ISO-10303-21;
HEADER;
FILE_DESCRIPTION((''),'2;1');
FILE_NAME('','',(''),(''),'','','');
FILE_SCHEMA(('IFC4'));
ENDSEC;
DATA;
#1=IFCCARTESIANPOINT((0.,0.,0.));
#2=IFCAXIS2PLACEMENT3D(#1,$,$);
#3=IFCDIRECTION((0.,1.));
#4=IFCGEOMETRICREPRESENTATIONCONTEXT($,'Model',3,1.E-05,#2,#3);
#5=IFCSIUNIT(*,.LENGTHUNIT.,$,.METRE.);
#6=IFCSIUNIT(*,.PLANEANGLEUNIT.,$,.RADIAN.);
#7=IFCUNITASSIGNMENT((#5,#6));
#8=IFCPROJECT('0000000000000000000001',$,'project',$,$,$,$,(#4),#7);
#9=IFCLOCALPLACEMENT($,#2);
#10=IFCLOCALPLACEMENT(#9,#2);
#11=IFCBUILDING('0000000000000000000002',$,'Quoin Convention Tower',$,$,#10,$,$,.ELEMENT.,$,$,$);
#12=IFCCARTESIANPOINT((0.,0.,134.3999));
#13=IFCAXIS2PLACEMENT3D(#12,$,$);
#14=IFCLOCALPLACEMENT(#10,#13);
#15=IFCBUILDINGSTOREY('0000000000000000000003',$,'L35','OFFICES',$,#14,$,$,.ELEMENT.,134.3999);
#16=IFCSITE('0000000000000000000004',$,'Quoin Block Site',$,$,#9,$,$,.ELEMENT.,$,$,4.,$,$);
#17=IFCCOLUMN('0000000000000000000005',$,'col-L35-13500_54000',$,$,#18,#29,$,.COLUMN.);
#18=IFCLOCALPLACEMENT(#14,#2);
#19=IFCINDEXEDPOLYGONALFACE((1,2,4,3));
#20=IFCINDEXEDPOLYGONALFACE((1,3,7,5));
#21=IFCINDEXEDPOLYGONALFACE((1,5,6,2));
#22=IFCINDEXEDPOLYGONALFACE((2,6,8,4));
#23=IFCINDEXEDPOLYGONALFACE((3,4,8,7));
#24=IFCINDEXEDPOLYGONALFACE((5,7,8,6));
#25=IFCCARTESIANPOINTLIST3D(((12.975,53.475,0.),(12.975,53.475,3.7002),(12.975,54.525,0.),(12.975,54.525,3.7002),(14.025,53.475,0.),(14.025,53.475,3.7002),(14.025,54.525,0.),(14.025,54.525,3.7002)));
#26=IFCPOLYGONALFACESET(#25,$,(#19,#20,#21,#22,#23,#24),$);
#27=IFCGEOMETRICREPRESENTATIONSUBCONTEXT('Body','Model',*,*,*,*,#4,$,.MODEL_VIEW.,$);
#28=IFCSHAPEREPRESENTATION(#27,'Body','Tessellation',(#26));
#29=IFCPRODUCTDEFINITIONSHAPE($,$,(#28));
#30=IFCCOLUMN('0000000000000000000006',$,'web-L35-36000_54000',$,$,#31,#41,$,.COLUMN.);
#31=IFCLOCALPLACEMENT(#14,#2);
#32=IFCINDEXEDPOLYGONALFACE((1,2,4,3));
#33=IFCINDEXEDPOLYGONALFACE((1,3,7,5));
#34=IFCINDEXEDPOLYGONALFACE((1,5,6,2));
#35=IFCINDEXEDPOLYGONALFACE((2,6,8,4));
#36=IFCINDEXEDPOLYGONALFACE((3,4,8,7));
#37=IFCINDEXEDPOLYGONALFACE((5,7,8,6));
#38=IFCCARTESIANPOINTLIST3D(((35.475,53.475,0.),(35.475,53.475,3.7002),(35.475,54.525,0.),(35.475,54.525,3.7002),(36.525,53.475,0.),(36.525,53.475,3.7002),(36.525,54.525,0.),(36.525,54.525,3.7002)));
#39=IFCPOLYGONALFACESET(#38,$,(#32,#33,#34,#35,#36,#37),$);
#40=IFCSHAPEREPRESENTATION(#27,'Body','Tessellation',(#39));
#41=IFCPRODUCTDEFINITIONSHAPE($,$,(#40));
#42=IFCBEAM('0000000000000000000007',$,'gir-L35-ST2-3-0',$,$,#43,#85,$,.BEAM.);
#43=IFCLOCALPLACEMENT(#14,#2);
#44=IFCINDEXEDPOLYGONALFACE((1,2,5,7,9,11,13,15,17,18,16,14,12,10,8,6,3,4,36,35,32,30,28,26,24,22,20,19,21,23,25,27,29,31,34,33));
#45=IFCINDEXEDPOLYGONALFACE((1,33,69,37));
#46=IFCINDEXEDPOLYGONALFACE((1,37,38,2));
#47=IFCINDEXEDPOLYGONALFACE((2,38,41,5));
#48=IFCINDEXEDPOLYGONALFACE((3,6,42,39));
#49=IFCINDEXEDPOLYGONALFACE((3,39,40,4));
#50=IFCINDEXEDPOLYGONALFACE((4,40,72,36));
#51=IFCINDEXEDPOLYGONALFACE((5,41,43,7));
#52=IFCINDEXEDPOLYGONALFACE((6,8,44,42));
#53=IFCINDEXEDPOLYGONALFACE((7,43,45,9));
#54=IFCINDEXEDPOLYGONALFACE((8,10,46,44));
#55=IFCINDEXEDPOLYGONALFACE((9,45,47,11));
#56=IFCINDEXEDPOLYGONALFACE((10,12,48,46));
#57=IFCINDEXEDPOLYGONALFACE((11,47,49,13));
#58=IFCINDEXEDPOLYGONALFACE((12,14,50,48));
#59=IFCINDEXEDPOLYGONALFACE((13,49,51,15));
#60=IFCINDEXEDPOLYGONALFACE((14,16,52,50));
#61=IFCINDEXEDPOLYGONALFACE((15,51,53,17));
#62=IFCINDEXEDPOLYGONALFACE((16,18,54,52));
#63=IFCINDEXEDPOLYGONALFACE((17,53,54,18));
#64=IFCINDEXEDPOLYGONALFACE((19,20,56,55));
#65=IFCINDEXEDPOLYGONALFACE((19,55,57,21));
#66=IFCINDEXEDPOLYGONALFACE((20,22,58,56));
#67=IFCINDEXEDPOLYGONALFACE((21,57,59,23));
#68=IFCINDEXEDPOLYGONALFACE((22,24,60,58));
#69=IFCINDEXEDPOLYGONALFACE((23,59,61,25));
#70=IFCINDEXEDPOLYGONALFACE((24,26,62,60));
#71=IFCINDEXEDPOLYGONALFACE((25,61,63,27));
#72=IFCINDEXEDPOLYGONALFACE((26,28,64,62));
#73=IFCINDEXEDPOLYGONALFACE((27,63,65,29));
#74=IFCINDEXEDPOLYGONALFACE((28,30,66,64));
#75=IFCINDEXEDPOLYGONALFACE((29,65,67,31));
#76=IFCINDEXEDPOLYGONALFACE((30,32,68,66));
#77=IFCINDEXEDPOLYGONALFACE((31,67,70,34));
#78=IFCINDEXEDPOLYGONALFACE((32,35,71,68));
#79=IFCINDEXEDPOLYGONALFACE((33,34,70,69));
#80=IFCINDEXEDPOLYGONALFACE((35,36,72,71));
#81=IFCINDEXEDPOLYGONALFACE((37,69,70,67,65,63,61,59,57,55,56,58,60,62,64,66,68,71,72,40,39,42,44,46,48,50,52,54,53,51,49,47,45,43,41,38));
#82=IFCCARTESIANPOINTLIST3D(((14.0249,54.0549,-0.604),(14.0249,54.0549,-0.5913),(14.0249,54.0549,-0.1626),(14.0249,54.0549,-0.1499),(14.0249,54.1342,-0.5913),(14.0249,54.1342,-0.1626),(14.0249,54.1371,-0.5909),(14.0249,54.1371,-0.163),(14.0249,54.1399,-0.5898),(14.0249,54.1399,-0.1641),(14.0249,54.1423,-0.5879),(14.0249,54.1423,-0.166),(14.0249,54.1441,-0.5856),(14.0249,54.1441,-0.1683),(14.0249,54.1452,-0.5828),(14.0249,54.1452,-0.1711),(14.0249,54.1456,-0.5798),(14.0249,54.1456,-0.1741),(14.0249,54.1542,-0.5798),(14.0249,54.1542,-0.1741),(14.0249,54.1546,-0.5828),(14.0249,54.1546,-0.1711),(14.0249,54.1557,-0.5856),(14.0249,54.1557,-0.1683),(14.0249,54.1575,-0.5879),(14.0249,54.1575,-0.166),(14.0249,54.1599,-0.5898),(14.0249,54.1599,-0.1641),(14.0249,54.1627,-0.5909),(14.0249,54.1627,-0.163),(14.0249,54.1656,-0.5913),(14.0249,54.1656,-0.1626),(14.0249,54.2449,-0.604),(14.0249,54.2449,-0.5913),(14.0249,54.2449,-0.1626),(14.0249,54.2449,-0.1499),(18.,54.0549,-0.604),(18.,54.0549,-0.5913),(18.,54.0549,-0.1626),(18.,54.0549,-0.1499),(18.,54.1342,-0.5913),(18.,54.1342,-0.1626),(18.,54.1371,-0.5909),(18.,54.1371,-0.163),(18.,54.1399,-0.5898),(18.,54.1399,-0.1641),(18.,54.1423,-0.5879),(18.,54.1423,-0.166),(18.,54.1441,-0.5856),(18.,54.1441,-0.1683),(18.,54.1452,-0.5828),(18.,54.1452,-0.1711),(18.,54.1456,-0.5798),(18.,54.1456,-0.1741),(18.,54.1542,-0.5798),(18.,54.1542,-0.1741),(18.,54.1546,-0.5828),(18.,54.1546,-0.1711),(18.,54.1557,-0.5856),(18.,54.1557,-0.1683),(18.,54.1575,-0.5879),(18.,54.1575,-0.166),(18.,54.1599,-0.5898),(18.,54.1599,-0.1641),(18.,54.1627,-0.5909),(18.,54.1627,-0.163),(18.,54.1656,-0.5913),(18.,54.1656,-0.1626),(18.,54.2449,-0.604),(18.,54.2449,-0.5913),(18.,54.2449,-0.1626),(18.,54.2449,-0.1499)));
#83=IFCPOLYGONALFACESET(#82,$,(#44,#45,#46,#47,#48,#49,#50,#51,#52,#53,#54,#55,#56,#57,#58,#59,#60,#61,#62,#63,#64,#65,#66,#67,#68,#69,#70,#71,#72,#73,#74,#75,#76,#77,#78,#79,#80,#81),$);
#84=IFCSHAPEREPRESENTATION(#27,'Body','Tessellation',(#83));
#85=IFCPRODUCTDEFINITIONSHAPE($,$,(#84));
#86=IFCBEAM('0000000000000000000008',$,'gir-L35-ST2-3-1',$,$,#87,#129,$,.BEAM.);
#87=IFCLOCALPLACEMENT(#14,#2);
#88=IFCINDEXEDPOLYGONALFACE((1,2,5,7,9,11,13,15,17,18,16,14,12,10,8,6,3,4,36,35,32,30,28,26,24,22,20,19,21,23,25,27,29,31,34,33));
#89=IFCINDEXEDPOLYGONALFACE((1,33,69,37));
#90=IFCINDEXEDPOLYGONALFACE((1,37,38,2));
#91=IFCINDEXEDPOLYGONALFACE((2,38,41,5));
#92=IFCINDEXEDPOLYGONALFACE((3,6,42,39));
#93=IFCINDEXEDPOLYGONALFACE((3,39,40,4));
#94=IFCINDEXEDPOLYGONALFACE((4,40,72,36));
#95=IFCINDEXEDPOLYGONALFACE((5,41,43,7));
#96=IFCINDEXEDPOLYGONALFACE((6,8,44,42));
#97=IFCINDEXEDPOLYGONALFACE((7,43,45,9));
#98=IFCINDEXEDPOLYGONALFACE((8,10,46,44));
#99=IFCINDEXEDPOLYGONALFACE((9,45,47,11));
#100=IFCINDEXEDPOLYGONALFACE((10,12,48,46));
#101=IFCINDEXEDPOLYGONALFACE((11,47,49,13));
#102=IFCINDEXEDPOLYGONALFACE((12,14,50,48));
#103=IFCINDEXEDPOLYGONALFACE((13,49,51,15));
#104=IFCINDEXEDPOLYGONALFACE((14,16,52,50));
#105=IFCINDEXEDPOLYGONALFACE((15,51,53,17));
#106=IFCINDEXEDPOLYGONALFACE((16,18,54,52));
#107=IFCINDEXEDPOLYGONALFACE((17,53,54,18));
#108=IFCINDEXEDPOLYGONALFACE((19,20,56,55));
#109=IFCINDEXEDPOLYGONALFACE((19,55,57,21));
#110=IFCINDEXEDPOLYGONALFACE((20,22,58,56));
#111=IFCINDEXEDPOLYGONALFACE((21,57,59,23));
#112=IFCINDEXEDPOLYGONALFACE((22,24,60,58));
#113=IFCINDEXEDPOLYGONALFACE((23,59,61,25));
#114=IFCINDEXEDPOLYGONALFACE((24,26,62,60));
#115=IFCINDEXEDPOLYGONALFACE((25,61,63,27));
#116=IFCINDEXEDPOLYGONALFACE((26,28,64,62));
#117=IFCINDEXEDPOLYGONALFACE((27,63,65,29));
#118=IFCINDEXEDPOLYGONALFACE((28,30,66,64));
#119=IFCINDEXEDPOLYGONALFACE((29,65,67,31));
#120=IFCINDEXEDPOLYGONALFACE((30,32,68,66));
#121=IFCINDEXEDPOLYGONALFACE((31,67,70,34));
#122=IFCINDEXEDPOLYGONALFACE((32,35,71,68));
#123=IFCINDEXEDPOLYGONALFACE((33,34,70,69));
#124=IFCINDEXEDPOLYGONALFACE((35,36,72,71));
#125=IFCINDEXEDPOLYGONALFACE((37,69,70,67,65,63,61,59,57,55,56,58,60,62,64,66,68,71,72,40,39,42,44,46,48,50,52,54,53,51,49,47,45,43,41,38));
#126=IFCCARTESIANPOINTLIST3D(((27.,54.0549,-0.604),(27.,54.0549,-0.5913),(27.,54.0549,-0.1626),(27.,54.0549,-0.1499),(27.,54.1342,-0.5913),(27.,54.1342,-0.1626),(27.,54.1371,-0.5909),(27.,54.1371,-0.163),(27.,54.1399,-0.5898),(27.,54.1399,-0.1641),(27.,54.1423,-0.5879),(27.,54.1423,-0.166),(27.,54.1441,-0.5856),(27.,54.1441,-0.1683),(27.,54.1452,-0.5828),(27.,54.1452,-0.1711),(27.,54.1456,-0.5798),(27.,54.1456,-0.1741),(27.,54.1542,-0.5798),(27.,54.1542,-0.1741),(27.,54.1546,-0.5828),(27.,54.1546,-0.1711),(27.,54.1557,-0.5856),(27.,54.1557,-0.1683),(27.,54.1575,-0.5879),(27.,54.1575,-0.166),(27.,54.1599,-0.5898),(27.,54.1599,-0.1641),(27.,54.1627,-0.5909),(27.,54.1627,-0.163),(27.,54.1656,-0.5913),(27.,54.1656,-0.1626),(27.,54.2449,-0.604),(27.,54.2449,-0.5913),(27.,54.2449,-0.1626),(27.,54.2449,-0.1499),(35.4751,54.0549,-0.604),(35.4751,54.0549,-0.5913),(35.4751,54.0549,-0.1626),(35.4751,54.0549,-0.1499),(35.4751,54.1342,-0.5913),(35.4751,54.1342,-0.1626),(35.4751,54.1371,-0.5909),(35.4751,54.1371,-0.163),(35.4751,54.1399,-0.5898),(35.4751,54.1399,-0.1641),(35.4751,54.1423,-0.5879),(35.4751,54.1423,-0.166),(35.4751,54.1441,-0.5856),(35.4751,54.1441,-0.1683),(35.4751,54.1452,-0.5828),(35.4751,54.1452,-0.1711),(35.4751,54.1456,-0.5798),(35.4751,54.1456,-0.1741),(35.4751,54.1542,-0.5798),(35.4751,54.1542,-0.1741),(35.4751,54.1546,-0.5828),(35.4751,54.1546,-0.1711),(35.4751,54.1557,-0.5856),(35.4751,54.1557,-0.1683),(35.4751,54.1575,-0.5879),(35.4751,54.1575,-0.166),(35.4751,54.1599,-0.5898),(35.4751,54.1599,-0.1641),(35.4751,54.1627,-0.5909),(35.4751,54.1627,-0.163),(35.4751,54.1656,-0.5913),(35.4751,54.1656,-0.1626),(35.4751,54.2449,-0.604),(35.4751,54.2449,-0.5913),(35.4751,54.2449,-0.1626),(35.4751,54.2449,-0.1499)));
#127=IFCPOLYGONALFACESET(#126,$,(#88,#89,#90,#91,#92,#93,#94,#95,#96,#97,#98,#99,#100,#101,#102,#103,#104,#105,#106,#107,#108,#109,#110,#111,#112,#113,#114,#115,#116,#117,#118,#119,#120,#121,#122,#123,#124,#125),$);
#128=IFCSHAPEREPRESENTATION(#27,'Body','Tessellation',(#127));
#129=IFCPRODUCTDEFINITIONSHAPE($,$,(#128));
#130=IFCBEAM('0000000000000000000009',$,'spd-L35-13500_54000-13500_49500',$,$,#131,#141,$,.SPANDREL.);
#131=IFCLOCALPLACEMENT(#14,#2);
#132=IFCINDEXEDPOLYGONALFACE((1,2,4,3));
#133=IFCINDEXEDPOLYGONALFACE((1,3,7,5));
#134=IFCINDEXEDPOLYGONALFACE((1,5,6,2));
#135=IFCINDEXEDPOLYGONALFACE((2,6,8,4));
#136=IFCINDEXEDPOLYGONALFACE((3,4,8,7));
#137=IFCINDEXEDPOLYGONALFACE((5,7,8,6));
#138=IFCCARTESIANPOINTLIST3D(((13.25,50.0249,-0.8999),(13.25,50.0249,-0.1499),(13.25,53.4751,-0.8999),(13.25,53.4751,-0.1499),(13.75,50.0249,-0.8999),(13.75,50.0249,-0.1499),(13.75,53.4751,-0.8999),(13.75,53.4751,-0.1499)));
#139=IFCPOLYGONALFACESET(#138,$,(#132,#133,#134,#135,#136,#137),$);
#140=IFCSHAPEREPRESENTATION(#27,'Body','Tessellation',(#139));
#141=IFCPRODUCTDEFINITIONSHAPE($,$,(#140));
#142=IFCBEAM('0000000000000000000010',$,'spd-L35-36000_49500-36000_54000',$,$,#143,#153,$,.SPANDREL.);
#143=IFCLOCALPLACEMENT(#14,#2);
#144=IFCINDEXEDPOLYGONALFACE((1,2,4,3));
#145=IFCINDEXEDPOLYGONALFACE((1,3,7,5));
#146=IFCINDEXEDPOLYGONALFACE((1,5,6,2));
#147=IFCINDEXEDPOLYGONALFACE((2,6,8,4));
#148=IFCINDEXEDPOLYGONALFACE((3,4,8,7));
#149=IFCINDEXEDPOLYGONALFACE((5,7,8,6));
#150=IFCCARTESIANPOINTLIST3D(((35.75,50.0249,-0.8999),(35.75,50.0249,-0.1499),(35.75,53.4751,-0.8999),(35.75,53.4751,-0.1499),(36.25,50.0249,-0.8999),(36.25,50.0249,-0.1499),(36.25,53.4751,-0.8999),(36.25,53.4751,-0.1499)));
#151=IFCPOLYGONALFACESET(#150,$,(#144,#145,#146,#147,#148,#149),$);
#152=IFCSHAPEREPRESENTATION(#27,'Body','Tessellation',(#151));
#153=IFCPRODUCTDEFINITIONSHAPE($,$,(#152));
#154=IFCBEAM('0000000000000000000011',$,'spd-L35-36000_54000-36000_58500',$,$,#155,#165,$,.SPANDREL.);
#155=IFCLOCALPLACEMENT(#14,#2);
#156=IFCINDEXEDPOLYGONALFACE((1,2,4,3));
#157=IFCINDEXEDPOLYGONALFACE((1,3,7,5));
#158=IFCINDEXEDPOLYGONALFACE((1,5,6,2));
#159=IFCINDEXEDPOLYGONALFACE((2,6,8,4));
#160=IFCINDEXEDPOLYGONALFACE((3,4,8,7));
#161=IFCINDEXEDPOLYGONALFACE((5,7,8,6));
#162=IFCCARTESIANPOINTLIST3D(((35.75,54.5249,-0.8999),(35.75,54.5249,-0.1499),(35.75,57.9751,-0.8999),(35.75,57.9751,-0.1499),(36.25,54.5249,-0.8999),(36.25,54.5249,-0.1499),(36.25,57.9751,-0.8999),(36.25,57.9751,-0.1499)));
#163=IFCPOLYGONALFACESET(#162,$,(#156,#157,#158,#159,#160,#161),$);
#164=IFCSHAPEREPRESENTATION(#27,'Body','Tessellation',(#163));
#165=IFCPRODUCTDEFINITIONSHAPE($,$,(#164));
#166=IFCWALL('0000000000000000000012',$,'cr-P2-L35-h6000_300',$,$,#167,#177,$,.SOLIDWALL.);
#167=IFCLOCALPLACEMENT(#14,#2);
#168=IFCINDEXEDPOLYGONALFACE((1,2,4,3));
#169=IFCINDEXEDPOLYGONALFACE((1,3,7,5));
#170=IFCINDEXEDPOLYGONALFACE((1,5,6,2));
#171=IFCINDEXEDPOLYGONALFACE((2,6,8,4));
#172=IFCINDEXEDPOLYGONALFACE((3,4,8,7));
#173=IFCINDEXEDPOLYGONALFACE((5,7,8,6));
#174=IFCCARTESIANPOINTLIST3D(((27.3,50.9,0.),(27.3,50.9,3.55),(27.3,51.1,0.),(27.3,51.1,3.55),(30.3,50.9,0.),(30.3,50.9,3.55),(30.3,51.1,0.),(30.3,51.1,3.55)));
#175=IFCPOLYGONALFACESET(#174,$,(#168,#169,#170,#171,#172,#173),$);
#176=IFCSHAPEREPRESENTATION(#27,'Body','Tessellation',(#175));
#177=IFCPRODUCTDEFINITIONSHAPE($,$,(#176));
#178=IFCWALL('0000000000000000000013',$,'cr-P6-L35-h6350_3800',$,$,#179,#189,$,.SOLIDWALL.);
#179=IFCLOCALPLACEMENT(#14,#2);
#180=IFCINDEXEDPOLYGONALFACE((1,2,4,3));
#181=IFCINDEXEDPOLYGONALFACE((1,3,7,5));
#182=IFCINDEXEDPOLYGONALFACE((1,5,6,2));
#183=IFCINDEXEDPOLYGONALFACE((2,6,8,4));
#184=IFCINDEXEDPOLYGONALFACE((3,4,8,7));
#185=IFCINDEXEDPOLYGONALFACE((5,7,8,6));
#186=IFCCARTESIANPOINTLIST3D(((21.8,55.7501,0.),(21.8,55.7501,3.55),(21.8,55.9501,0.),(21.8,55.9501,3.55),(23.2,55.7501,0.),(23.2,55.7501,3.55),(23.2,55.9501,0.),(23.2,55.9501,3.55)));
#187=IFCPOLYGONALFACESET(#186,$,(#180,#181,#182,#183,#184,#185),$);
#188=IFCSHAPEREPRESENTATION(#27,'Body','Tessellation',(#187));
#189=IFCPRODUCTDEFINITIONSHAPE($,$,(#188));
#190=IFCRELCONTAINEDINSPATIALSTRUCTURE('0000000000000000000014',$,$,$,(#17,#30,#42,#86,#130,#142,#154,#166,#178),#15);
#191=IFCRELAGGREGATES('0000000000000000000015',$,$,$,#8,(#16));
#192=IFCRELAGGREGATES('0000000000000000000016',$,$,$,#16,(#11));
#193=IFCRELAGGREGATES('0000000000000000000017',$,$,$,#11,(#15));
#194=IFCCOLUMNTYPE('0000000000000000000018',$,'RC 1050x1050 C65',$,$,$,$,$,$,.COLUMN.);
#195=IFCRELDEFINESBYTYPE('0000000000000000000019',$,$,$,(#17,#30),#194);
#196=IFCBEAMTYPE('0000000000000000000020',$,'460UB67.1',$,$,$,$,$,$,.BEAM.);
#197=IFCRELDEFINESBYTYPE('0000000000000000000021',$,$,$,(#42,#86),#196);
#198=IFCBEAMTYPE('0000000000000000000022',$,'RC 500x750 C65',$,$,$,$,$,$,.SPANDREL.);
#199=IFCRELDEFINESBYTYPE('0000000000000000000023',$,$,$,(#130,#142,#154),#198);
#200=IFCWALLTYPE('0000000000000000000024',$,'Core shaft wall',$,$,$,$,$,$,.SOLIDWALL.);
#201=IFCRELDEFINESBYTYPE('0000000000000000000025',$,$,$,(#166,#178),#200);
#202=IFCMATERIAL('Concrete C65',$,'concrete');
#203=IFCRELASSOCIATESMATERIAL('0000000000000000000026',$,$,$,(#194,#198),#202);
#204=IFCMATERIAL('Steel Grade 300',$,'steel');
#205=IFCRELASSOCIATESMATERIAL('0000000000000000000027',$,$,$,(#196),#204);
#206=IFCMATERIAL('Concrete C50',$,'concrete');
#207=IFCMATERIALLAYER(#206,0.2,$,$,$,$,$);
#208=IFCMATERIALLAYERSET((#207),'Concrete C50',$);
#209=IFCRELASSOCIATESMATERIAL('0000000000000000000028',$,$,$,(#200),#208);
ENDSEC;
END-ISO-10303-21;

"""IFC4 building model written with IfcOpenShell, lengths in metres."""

from ifc_helpers import new_model, si_unit, direction, frame, frame_2d, origin, origin_2d, place, context, subcontext, project, spatial, rectangle, i_section, extrude, material, layer, layer_set, material_profile, profile_set, type_object, element, save


model = new_model("IFC4")

# Units and contexts
model_context = context("Model", 3, precision=1e-05, world=origin(), true_north=direction((0.0, 1.0)))
body_context = subcontext(model_context, "Body", "Model", "MODEL_VIEW")
ifc_project = project(units=[si_unit("LENGTHUNIT", "METRE"), si_unit("PLANEANGLEUNIT", "RADIAN")], contexts=[model_context])

# Site, building, storey
site_placement = place(None, origin())
site = spatial("IfcSite", under=ifc_project, at=site_placement, Name="Quoin Block Site", CompositionType="ELEMENT", RefElevation=4.0)
building_placement = place(site_placement, origin())
building = spatial("IfcBuilding", under=site, at=building_placement, Name="Quoin Convention Tower", CompositionType="ELEMENT")
storey_placement = place(building_placement, frame((0.0, 0.0, 134.3999)))
storey = spatial("IfcBuildingStorey", under=building, at=storey_placement, Name="L35", Description="OFFICES", CompositionType="ELEMENT", Elevation=134.3999)

# Columns
ifc_material_1 = material(Name="Concrete C65", Category="concrete")
ifc_material_profile_1 = material_profile(ifc_material_1, rectangle(XDim=1.05, YDim=1.05, at=origin_2d()), Name="RC 1050x1050")
ifc_profile_set_1 = profile_set([ifc_material_profile_1], Name="Concrete C65")
column_type = type_object("IfcColumnType", Name="RC 1050x1050 C65", PredefinedType="COLUMN", material=ifc_profile_set_1)
for number, where, z_axis, x_axis, name in (
    (1, (13.5, 54.0, 0.0), (0.0, 0.0, 1.0), (1.0, 0.0, 0.0), "col-L35-13500_54000"),
    (2, (36.0, 54.0, 0.0), (0.0, 0.0, 1.0), (1.0, 0.0, 0.0), "web-L35-36000_54000"),
):
    element("IfcColumn", number, at=place(storey_placement, frame(where, z_axis=z_axis, x_axis=x_axis)), inside=storey, type_object=column_type, Name=name, PredefinedType="COLUMN", context=body_context, shape_type="SweptSolid", body=[
        extrude(rectangle(XDim=1.05, YDim=1.05, at=origin_2d()), origin(), (0.0, 0.0, 1.0), 3.7002),
    ])

# Beams
ifc_material_2 = material(Name="Steel Grade 300", Category="steel")
ifc_material_profile_2 = material_profile(ifc_material_2, i_section(OverallWidth=0.1899, OverallDepth=0.4541, WebThickness=0.0085, FlangeThickness=0.0127, FilletRadius=0.0115, at=origin_2d()), Name="460UB67.1")
ifc_profile_set_2 = profile_set([ifc_material_profile_2], Name="Steel Grade 300")
beam_type_1 = type_object("IfcBeamType", Name="460UB67.1", PredefinedType="BEAM", material=ifc_profile_set_2)
beam_1_placement = place(storey_placement, frame((14.0249, 54.1499, -0.377), z_axis=(1.0, 0.0, 0.0), x_axis=(0.0, 1.0, 0.0)))
element("IfcBeam", 3, at=beam_1_placement, inside=storey, type_object=beam_type_1, Name="gir-L35-ST2-3-0", PredefinedType="BEAM", context=body_context, shape_type="SweptSolid", body=[
    extrude(i_section(OverallWidth=0.1899, OverallDepth=0.4541, WebThickness=0.0085, FlangeThickness=0.0127, FilletRadius=0.0115, at=origin_2d()), origin(), (0.0, 0.0, 1.0), 3.9751),
])
beam_2_placement = place(storey_placement, frame((27.0, 54.1499, -0.377), z_axis=(1.0, 0.0, 0.0), x_axis=(0.0, 1.0, 0.0)))
element("IfcBeam", 4, at=beam_2_placement, inside=storey, type_object=beam_type_1, Name="gir-L35-ST2-3-1", PredefinedType="BEAM", context=body_context, shape_type="SweptSolid", body=[
    extrude(i_section(OverallWidth=0.1899, OverallDepth=0.4541, WebThickness=0.0085, FlangeThickness=0.0127, FilletRadius=0.0115, at=origin_2d()), origin(), (0.0, 0.0, 1.0), 8.4751),
])
ifc_material_profile_3 = material_profile(ifc_material_1, rectangle(XDim=0.5, YDim=0.75, at=origin_2d()), Name="RC 500x750")
ifc_profile_set_3 = profile_set([ifc_material_profile_3], Name="Concrete C65")
beam_type_2 = type_object("IfcBeamType", Name="RC 500x750 C65", PredefinedType="SPANDREL", material=ifc_profile_set_3)
for number, where, z_axis, x_axis, name in (
    (5, (13.5, 53.4751, -0.5249), (0.0, -1.0, 0.0), (1.0, 0.0, 0.0), "spd-L35-13500_54000-13500_49500"),
    (6, (36.0, 50.0249, -0.5249), (0.0, 1.0, 0.0), (-1.0, 0.0, 0.0), "spd-L35-36000_49500-36000_54000"),
    (7, (36.0, 54.5249, -0.5249), (0.0, 1.0, 0.0), (-1.0, 0.0, 0.0), "spd-L35-36000_54000-36000_58500"),
):
    element("IfcBeam", number, at=place(storey_placement, frame(where, z_axis=z_axis, x_axis=x_axis)), inside=storey, type_object=beam_type_2, Name=name, PredefinedType="SPANDREL", context=body_context, shape_type="SweptSolid", body=[
        extrude(rectangle(XDim=0.5, YDim=0.75, at=origin_2d()), origin(), (0.0, 0.0, 1.0), 3.4502),
    ])

# Walls
ifc_material_3 = material(Name="Concrete C50", Category="concrete")
ifc_layer_1 = layer(ifc_material_3, 0.2)
ifc_layer_set_1 = layer_set([ifc_layer_1], Name="Concrete C50")
wall_type_1 = type_object("IfcWallType", Name="Core shaft wall", PredefinedType="SOLIDWALL", material=ifc_layer_set_1)
wall_1_placement = place(storey_placement, frame((27.3, 51.0, 0.0), z_axis=(0.0, 0.0, 1.0), x_axis=(1.0, 0.0, 0.0)))
element("IfcWall", 8, at=wall_1_placement, inside=storey, type_object=wall_type_1, Name="cr-P2-L35-h6000_300", PredefinedType="SOLIDWALL", context=body_context, shape_type="SweptSolid", body=[
    extrude(rectangle(XDim=3.0, YDim=0.2, at=frame_2d((1.5, 0.0))), origin(), (0.0, 0.0, 1.0), 3.55),
])
wall_2_placement = place(storey_placement, frame((21.8, 55.8501, 0.0), z_axis=(0.0, 0.0, 1.0), x_axis=(1.0, 0.0, 0.0)))
element("IfcWall", 9, at=wall_2_placement, inside=storey, type_object=wall_type_1, Name="cr-P6-L35-h6350_3800", PredefinedType="SOLIDWALL", context=body_context, shape_type="SweptSolid", body=[
    extrude(rectangle(XDim=1.3999, YDim=0.2, at=frame_2d((0.7, 0.0))), origin(), (0.0, 0.0, 1.0), 3.55),
])

save(model, "model.ifc")
